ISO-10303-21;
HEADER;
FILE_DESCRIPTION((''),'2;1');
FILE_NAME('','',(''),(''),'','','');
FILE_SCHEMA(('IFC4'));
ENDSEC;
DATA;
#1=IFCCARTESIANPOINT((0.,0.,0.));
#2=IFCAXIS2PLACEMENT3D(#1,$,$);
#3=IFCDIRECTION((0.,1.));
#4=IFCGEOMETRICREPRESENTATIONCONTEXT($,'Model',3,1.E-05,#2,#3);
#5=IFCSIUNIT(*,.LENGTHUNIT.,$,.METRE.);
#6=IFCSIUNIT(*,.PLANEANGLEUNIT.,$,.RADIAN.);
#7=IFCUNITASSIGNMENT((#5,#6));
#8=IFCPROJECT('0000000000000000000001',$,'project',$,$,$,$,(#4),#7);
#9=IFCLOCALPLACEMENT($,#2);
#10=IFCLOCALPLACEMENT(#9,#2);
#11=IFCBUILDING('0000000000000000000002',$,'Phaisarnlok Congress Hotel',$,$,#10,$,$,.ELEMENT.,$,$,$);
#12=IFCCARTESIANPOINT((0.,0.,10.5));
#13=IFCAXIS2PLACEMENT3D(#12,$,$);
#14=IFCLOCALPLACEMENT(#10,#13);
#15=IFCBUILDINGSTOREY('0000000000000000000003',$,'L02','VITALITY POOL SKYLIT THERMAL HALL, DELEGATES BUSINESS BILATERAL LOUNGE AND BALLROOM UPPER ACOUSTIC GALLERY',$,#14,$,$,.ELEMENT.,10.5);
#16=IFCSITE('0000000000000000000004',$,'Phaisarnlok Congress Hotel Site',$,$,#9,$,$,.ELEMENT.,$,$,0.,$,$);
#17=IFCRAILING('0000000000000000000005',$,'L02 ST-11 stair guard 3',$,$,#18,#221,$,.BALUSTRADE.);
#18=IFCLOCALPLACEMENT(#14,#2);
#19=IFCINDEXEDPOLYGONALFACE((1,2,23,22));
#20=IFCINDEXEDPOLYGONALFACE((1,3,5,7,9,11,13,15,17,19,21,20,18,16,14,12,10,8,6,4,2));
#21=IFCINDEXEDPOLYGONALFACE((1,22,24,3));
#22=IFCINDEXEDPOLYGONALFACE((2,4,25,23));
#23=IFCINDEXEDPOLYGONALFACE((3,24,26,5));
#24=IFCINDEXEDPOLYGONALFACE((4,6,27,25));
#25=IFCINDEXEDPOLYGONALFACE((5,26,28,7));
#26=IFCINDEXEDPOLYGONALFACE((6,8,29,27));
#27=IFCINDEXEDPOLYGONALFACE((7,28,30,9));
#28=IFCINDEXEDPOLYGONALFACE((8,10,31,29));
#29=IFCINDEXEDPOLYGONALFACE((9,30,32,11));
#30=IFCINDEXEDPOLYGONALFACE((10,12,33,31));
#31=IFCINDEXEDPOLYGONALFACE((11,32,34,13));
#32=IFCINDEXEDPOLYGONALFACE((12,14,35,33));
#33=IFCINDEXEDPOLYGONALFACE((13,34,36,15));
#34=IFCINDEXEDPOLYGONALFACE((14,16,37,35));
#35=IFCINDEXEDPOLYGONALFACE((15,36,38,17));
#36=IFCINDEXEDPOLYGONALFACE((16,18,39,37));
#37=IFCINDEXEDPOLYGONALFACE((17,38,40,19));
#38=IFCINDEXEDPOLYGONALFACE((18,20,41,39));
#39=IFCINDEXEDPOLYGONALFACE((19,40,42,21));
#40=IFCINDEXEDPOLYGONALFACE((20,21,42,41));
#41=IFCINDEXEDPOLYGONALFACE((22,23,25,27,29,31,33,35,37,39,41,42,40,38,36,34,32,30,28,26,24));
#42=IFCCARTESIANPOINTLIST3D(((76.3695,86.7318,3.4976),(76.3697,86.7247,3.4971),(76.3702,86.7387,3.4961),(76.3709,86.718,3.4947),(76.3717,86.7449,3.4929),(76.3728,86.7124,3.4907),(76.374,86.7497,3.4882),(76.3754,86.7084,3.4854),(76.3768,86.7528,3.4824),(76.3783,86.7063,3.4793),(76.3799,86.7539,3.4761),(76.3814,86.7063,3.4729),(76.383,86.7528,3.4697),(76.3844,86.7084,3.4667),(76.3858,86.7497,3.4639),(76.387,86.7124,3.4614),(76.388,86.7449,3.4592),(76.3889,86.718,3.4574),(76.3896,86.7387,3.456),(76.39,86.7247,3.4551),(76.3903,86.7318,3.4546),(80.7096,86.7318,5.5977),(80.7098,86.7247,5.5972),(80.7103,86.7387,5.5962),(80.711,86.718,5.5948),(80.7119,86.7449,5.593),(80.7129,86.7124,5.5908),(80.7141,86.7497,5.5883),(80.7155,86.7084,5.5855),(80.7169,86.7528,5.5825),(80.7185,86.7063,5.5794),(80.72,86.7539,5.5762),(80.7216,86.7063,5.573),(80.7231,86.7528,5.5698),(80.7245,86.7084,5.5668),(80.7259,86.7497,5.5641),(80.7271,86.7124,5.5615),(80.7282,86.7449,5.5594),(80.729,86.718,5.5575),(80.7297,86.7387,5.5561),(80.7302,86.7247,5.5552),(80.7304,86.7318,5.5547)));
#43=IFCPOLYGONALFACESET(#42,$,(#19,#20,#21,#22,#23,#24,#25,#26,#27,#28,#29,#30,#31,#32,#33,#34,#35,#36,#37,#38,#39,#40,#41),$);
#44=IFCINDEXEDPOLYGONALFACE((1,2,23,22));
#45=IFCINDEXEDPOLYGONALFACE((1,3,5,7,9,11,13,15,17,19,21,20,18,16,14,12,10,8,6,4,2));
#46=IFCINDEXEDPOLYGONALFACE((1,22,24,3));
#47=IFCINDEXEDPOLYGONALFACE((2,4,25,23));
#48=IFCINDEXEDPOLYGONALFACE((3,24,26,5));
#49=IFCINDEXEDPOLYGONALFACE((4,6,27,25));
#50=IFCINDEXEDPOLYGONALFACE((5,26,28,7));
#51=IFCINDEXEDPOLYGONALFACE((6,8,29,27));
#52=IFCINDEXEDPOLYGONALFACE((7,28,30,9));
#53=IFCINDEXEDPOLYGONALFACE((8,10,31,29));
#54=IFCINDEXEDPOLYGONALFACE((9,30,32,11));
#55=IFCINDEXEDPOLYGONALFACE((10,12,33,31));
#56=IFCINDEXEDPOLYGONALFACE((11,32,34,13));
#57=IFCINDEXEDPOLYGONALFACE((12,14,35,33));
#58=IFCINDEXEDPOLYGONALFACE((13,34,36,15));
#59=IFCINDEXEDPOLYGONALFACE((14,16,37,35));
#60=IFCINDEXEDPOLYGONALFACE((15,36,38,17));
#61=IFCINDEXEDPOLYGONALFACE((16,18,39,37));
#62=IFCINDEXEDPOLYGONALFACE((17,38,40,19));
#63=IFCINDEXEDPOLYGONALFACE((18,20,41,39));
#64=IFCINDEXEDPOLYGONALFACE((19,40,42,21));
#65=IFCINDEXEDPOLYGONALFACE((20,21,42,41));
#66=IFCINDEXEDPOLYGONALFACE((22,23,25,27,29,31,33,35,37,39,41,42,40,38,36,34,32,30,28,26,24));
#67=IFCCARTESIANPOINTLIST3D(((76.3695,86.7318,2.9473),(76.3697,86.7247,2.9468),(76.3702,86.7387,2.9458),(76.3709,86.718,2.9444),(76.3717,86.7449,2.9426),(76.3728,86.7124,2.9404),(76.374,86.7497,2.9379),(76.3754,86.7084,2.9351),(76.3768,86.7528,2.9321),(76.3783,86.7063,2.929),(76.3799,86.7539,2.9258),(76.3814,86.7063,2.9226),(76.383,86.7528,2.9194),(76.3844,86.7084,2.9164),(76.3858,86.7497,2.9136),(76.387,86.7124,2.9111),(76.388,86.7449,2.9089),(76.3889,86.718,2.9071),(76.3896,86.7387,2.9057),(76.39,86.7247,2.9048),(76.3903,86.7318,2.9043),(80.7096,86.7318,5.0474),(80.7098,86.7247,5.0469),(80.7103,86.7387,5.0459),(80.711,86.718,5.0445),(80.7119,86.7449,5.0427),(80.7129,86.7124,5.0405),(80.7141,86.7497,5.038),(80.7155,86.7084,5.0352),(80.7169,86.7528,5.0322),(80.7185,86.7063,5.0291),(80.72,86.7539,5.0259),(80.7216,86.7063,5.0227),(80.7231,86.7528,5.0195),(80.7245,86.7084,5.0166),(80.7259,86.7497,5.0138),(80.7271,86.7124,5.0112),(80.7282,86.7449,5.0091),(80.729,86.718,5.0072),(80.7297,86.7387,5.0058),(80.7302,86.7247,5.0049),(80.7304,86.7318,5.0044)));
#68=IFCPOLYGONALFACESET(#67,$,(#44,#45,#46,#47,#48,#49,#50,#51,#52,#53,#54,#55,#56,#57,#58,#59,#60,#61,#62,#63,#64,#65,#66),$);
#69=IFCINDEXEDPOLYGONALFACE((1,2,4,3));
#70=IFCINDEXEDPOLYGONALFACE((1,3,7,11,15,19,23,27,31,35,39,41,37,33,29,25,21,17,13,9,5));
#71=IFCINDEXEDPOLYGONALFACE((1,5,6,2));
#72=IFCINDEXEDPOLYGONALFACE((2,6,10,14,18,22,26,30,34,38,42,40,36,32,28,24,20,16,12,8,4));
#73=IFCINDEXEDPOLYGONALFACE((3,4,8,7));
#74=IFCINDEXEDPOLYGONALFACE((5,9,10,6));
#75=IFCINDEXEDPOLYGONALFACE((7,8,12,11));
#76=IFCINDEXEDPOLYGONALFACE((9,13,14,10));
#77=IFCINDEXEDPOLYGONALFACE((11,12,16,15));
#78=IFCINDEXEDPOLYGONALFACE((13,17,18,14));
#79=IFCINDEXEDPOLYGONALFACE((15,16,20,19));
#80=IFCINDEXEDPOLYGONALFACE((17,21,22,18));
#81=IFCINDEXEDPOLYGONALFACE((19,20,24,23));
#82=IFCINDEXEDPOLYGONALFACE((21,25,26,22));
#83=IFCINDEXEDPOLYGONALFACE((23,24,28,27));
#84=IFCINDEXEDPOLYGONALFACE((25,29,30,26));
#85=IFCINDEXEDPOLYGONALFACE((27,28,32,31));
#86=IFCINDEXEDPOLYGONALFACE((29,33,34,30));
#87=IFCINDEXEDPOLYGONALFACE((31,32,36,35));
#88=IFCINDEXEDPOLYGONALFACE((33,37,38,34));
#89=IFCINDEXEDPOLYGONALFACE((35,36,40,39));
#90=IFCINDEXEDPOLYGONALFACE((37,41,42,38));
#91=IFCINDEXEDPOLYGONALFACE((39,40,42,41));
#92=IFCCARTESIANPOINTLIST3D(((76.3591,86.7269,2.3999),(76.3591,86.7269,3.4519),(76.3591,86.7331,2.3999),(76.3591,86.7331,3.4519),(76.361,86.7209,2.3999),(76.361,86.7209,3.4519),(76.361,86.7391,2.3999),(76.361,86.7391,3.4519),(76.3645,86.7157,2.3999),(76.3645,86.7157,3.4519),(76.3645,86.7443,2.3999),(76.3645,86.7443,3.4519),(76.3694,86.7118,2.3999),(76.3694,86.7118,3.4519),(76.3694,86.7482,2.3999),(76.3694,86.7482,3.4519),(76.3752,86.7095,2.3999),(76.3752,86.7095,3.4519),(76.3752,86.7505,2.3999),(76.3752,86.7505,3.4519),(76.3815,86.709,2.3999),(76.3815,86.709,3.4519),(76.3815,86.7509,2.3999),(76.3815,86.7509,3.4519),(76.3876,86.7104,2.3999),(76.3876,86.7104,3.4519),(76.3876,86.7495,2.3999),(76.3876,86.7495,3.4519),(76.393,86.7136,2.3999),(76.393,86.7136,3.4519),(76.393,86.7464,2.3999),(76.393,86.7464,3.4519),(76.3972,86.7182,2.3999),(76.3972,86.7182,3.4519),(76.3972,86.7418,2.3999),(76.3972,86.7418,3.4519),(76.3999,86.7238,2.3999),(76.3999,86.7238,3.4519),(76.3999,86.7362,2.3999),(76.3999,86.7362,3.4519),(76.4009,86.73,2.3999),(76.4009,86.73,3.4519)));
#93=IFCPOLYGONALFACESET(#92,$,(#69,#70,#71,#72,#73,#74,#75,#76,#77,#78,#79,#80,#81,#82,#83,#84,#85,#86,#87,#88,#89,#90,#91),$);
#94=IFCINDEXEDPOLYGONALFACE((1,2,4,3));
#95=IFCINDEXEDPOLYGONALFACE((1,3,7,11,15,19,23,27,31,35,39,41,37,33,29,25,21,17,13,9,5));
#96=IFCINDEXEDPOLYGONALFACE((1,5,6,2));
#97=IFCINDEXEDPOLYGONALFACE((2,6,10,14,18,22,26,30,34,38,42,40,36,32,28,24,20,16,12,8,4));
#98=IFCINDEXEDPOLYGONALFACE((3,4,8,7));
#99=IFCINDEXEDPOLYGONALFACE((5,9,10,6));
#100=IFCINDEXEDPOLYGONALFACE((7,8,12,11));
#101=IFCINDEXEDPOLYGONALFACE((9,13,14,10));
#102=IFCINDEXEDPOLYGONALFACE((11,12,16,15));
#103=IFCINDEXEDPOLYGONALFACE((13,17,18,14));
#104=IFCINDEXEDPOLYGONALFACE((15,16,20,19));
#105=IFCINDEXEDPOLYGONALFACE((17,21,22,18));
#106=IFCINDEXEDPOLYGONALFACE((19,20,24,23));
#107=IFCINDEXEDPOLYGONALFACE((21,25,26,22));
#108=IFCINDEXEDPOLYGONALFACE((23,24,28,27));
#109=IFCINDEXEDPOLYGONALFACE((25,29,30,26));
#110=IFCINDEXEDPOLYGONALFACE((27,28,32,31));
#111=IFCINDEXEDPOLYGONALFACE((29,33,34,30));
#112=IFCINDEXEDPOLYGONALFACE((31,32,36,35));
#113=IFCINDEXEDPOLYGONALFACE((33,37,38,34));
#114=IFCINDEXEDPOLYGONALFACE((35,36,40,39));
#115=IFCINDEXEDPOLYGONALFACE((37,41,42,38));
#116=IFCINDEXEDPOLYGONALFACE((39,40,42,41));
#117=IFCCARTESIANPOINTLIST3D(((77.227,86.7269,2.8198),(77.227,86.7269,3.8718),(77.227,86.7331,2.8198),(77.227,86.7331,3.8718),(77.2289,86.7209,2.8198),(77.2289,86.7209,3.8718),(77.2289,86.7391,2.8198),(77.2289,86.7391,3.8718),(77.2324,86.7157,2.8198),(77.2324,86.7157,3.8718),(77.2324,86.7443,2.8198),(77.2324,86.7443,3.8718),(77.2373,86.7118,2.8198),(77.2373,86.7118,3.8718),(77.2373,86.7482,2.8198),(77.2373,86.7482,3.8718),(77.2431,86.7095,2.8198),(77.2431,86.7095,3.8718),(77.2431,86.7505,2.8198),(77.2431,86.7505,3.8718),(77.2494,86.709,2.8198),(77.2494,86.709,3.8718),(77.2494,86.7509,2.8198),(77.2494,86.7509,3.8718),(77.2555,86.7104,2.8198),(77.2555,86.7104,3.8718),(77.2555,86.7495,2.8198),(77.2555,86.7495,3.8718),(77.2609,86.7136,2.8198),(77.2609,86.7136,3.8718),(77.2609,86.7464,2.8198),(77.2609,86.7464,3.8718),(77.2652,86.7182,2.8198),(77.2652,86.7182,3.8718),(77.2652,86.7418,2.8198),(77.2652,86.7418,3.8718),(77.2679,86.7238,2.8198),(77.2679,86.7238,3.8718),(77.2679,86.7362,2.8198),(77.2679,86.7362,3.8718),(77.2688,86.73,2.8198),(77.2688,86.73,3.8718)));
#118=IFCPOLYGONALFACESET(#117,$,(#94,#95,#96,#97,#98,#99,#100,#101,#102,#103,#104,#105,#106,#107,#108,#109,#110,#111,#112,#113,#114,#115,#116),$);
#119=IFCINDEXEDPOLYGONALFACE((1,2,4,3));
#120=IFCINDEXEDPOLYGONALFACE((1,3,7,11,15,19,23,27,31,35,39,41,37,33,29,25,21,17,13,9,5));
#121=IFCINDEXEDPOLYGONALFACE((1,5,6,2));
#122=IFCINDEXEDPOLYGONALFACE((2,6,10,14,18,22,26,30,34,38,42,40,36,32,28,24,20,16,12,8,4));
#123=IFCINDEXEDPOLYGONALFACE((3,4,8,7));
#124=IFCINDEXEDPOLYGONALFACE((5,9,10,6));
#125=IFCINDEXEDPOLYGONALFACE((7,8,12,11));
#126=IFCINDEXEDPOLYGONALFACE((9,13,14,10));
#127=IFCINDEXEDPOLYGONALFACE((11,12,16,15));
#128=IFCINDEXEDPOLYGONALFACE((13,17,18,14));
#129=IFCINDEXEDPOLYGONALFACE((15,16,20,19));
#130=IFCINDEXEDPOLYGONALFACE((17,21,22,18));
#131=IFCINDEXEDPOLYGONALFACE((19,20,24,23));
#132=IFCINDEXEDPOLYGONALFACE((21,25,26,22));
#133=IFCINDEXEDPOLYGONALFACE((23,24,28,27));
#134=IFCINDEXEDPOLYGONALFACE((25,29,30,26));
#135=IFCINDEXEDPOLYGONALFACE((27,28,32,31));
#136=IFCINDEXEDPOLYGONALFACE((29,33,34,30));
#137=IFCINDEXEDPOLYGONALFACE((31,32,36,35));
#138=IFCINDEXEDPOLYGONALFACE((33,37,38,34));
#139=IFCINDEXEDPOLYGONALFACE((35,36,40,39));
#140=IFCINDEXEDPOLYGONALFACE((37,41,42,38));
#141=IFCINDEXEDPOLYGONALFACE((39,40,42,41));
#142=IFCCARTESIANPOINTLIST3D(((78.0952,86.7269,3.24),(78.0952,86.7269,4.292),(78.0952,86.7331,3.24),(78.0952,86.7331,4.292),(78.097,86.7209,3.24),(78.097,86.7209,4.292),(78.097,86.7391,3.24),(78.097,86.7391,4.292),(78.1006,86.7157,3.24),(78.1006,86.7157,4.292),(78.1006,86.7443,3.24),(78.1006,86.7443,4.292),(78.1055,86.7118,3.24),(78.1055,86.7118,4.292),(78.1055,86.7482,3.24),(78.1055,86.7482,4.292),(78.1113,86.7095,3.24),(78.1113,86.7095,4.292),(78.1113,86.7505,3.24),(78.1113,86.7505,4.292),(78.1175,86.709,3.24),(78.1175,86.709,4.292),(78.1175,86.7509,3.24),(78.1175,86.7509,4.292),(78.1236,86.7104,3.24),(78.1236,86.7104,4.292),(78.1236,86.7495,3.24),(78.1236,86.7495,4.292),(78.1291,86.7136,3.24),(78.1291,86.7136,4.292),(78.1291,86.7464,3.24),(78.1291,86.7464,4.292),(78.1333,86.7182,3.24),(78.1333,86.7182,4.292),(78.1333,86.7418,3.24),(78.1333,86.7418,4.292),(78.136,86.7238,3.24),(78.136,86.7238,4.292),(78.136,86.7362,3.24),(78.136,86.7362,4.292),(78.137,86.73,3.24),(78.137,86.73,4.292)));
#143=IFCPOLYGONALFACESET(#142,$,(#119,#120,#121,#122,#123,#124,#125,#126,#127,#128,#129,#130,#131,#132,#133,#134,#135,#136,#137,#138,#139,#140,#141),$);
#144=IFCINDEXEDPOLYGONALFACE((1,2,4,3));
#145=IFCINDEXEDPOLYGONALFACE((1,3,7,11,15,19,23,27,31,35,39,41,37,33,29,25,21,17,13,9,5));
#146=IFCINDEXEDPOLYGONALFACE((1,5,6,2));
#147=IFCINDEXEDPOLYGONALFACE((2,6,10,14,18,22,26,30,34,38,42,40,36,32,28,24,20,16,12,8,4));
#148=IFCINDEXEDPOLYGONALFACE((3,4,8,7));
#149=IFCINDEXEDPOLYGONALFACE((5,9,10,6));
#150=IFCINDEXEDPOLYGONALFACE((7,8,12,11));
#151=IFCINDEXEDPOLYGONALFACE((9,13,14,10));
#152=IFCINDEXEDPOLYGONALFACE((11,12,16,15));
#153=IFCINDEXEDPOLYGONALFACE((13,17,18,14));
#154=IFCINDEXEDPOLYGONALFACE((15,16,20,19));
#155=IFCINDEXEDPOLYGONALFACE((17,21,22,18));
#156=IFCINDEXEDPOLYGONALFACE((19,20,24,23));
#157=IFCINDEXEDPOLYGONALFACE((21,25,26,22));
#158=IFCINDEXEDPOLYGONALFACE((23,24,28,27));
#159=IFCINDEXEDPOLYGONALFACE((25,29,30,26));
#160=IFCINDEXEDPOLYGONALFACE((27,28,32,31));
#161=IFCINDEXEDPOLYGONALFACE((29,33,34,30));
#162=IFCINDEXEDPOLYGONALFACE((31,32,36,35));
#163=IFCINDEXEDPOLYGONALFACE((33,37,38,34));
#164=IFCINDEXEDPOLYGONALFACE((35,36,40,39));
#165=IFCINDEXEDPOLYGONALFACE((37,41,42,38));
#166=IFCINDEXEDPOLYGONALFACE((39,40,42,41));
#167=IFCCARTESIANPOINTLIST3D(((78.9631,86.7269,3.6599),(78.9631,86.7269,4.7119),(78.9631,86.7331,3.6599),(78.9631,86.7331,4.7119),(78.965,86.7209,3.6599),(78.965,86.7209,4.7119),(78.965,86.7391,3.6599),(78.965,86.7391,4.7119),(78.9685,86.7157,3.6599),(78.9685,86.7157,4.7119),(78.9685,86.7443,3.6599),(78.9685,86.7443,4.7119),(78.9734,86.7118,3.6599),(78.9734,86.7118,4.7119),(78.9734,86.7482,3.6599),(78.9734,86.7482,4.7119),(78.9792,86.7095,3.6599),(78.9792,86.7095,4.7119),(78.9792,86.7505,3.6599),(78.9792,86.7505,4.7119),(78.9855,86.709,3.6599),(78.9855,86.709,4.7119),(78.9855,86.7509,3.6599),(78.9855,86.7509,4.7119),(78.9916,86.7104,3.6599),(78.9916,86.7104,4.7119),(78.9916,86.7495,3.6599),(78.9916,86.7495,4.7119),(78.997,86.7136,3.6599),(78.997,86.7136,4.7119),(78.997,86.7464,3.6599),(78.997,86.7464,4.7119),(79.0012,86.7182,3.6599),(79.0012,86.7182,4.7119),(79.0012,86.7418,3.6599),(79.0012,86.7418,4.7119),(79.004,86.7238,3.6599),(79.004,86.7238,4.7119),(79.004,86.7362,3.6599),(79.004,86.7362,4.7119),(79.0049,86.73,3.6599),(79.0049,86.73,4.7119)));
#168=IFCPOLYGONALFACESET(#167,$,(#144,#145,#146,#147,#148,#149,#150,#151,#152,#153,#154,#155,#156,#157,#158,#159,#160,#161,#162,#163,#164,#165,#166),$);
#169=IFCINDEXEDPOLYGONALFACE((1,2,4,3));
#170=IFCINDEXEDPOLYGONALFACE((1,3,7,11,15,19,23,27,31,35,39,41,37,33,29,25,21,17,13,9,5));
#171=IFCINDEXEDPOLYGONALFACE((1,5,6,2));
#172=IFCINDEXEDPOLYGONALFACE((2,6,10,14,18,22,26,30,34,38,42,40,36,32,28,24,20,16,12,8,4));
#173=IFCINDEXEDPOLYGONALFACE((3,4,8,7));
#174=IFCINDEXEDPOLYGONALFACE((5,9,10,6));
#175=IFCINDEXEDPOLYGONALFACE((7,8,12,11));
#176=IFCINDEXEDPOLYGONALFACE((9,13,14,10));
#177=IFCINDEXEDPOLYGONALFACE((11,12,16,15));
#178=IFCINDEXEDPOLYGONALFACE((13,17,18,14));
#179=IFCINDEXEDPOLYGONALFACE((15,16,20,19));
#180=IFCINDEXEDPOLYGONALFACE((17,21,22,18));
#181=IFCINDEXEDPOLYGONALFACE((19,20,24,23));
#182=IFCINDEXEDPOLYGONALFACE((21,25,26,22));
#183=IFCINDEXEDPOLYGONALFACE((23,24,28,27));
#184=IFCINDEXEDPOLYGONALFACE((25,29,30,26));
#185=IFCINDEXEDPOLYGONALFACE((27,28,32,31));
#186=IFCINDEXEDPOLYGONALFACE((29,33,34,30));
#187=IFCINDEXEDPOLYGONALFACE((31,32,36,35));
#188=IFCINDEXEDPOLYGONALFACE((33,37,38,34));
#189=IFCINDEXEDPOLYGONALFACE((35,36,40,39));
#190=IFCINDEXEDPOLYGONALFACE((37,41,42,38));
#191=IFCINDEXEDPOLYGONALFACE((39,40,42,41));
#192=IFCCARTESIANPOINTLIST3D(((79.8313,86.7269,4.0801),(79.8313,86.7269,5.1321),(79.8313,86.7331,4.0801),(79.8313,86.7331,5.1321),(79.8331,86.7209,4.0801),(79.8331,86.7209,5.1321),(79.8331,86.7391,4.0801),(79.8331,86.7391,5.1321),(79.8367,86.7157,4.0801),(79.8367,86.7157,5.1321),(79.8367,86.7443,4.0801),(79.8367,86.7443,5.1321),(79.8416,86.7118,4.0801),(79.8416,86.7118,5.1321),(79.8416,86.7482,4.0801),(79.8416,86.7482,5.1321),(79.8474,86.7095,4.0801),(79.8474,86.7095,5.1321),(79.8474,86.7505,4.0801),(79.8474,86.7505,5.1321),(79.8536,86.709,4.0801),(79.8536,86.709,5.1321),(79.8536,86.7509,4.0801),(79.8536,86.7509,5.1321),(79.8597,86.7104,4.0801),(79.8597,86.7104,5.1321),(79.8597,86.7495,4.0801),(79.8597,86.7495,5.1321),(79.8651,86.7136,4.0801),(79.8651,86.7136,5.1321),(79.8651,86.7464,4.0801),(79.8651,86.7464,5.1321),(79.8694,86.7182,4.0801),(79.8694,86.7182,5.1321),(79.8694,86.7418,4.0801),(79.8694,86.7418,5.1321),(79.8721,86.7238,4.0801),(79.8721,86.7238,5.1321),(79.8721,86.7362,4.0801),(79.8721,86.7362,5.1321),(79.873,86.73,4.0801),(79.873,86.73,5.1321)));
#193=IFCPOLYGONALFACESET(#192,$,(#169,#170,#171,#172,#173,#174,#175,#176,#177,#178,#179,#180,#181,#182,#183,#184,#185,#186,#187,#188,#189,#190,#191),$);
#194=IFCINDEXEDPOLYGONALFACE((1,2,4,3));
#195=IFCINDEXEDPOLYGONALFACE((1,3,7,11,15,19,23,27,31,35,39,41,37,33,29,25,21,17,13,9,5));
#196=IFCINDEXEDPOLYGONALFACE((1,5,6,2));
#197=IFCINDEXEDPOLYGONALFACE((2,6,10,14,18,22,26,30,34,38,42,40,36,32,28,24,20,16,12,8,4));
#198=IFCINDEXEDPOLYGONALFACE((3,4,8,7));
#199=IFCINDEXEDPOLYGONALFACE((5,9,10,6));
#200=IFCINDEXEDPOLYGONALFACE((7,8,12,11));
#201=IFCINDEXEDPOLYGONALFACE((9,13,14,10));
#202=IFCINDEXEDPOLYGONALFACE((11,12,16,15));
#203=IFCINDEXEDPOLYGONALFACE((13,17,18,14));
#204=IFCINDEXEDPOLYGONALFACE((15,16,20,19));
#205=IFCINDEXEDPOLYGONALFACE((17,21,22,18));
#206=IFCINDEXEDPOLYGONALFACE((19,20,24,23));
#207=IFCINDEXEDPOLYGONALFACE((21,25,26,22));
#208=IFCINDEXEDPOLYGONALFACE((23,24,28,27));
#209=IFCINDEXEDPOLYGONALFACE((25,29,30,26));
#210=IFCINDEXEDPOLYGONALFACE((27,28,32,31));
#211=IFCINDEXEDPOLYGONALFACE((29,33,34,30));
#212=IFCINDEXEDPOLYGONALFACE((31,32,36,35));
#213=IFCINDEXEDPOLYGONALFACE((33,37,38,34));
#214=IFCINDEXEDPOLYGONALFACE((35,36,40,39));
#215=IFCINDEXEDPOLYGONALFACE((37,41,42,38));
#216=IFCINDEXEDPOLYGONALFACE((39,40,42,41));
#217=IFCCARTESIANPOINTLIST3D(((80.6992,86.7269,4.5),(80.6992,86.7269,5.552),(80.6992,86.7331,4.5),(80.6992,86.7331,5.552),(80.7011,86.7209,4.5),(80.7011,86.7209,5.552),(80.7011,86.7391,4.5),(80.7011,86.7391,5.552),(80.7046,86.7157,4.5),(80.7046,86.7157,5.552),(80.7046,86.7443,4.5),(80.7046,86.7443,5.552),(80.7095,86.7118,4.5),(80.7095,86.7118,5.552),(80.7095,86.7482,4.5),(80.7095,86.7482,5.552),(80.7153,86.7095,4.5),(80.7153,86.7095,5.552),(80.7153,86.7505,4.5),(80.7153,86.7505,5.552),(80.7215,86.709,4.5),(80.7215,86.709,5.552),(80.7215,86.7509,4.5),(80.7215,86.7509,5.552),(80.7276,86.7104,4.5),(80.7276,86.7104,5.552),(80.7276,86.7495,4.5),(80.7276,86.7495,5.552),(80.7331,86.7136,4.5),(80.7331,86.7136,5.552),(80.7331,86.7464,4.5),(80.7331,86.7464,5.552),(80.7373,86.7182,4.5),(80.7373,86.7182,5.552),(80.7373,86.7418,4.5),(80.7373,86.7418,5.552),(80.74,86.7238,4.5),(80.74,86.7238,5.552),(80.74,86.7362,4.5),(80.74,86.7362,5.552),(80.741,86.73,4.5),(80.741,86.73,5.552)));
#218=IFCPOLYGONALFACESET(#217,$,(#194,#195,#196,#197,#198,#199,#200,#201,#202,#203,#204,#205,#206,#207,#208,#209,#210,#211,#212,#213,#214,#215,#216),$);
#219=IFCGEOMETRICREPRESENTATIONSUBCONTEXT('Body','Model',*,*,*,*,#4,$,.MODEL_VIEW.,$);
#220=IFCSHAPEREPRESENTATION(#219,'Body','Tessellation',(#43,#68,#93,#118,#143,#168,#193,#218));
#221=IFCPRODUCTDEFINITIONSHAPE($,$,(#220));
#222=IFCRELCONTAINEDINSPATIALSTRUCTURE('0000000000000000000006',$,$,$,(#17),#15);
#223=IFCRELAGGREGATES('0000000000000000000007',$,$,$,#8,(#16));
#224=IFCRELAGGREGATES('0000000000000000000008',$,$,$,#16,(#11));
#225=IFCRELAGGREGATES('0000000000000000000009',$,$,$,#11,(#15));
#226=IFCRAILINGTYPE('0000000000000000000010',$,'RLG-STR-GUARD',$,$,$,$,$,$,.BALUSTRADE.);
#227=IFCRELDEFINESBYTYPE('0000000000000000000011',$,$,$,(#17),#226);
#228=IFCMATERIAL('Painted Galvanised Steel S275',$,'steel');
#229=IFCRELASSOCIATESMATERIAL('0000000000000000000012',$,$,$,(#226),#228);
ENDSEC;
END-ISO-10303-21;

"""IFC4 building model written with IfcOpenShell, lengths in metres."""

from ifc_helpers import new_model, si_unit, direction, frame, origin, origin_2d, place, context, subcontext, project, spatial, circle, extrude, material, type_object, element, save


model = new_model("IFC4")

# Units and contexts
model_context = context("Model", 3, precision=1e-05, world=origin(), true_north=direction((0.0, 1.0)))
body_context = subcontext(model_context, "Body", "Model", "MODEL_VIEW")
ifc_project = project(units=[si_unit("LENGTHUNIT", "METRE"), si_unit("PLANEANGLEUNIT", "RADIAN")], contexts=[model_context])

# Site, building, storey
site_placement = place(None, origin())
site = spatial("IfcSite", under=ifc_project, at=site_placement, Name="Phaisarnlok Congress Hotel Site", CompositionType="ELEMENT", RefElevation=0.0)
building_placement = place(site_placement, origin())
building = spatial("IfcBuilding", under=site, at=building_placement, Name="Phaisarnlok Congress Hotel", CompositionType="ELEMENT")
storey_placement = place(building_placement, frame((0.0, 0.0, 10.5)))
storey = spatial("IfcBuildingStorey", under=building, at=storey_placement, Name="L02", Description="VITALITY POOL SKYLIT THERMAL HALL, DELEGATES BUSINESS BILATERAL LOUNGE AND BALLROOM UPPER ACOUSTIC GALLERY", CompositionType="ELEMENT", Elevation=10.5)

# Railing
ifc_material_1 = material(Name="Painted Galvanised Steel S275", Category="steel")
railing_type_1 = type_object("IfcRailingType", Name="RLG-STR-GUARD", PredefinedType="BALUSTRADE", material=ifc_material_1)
railing_1_placement = place(storey_placement, frame((76.3799, 86.73, 2.3999)))
element("IfcRailing", 1, at=railing_1_placement, inside=storey, type_object=railing_type_1, Name="L02 ST-11 stair guard 3", PredefinedType="BALUSTRADE", context=body_context, shape_type="SweptSolid", body=[
    extrude(circle(Radius=0.0239, at=origin_2d()), frame((0.0, 0.0, 1.0762), z_axis=(0.900155, 0.0, 0.43557), x_axis=(0.0, 1.0, 0.0)), (0.0, 0.0, 1.0), 4.8215),
    extrude(circle(Radius=0.0239, at=origin_2d()), frame((0.0, 0.0, 0.5259), z_axis=(0.900155, 0.0, 0.43557), x_axis=(0.0, 1.0, 0.0)), (0.0, 0.0, 1.0), 4.8215),
    extrude(circle(Radius=0.021, at=origin_2d()), origin(), (0.0, 0.0, 1.0), 1.052),
    extrude(circle(Radius=0.021, at=origin_2d()), frame((0.8679, 0.0, 0.4199)), (0.0, 0.0, 1.0), 1.052),
    extrude(circle(Radius=0.021, at=origin_2d()), frame((1.7361, 0.0, 0.8401)), (0.0, 0.0, 1.0), 1.052),
    extrude(circle(Radius=0.021, at=origin_2d()), frame((2.604, 0.0, 1.26)), (0.0, 0.0, 1.0), 1.052),
    extrude(circle(Radius=0.021, at=origin_2d()), frame((3.4722, 0.0, 1.6802)), (0.0, 0.0, 1.0), 1.052),
    extrude(circle(Radius=0.021, at=origin_2d()), frame((4.3401, 0.0, 2.1001)), (0.0, 0.0, 1.0), 1.052),
])

save(model, "model.ifc")
